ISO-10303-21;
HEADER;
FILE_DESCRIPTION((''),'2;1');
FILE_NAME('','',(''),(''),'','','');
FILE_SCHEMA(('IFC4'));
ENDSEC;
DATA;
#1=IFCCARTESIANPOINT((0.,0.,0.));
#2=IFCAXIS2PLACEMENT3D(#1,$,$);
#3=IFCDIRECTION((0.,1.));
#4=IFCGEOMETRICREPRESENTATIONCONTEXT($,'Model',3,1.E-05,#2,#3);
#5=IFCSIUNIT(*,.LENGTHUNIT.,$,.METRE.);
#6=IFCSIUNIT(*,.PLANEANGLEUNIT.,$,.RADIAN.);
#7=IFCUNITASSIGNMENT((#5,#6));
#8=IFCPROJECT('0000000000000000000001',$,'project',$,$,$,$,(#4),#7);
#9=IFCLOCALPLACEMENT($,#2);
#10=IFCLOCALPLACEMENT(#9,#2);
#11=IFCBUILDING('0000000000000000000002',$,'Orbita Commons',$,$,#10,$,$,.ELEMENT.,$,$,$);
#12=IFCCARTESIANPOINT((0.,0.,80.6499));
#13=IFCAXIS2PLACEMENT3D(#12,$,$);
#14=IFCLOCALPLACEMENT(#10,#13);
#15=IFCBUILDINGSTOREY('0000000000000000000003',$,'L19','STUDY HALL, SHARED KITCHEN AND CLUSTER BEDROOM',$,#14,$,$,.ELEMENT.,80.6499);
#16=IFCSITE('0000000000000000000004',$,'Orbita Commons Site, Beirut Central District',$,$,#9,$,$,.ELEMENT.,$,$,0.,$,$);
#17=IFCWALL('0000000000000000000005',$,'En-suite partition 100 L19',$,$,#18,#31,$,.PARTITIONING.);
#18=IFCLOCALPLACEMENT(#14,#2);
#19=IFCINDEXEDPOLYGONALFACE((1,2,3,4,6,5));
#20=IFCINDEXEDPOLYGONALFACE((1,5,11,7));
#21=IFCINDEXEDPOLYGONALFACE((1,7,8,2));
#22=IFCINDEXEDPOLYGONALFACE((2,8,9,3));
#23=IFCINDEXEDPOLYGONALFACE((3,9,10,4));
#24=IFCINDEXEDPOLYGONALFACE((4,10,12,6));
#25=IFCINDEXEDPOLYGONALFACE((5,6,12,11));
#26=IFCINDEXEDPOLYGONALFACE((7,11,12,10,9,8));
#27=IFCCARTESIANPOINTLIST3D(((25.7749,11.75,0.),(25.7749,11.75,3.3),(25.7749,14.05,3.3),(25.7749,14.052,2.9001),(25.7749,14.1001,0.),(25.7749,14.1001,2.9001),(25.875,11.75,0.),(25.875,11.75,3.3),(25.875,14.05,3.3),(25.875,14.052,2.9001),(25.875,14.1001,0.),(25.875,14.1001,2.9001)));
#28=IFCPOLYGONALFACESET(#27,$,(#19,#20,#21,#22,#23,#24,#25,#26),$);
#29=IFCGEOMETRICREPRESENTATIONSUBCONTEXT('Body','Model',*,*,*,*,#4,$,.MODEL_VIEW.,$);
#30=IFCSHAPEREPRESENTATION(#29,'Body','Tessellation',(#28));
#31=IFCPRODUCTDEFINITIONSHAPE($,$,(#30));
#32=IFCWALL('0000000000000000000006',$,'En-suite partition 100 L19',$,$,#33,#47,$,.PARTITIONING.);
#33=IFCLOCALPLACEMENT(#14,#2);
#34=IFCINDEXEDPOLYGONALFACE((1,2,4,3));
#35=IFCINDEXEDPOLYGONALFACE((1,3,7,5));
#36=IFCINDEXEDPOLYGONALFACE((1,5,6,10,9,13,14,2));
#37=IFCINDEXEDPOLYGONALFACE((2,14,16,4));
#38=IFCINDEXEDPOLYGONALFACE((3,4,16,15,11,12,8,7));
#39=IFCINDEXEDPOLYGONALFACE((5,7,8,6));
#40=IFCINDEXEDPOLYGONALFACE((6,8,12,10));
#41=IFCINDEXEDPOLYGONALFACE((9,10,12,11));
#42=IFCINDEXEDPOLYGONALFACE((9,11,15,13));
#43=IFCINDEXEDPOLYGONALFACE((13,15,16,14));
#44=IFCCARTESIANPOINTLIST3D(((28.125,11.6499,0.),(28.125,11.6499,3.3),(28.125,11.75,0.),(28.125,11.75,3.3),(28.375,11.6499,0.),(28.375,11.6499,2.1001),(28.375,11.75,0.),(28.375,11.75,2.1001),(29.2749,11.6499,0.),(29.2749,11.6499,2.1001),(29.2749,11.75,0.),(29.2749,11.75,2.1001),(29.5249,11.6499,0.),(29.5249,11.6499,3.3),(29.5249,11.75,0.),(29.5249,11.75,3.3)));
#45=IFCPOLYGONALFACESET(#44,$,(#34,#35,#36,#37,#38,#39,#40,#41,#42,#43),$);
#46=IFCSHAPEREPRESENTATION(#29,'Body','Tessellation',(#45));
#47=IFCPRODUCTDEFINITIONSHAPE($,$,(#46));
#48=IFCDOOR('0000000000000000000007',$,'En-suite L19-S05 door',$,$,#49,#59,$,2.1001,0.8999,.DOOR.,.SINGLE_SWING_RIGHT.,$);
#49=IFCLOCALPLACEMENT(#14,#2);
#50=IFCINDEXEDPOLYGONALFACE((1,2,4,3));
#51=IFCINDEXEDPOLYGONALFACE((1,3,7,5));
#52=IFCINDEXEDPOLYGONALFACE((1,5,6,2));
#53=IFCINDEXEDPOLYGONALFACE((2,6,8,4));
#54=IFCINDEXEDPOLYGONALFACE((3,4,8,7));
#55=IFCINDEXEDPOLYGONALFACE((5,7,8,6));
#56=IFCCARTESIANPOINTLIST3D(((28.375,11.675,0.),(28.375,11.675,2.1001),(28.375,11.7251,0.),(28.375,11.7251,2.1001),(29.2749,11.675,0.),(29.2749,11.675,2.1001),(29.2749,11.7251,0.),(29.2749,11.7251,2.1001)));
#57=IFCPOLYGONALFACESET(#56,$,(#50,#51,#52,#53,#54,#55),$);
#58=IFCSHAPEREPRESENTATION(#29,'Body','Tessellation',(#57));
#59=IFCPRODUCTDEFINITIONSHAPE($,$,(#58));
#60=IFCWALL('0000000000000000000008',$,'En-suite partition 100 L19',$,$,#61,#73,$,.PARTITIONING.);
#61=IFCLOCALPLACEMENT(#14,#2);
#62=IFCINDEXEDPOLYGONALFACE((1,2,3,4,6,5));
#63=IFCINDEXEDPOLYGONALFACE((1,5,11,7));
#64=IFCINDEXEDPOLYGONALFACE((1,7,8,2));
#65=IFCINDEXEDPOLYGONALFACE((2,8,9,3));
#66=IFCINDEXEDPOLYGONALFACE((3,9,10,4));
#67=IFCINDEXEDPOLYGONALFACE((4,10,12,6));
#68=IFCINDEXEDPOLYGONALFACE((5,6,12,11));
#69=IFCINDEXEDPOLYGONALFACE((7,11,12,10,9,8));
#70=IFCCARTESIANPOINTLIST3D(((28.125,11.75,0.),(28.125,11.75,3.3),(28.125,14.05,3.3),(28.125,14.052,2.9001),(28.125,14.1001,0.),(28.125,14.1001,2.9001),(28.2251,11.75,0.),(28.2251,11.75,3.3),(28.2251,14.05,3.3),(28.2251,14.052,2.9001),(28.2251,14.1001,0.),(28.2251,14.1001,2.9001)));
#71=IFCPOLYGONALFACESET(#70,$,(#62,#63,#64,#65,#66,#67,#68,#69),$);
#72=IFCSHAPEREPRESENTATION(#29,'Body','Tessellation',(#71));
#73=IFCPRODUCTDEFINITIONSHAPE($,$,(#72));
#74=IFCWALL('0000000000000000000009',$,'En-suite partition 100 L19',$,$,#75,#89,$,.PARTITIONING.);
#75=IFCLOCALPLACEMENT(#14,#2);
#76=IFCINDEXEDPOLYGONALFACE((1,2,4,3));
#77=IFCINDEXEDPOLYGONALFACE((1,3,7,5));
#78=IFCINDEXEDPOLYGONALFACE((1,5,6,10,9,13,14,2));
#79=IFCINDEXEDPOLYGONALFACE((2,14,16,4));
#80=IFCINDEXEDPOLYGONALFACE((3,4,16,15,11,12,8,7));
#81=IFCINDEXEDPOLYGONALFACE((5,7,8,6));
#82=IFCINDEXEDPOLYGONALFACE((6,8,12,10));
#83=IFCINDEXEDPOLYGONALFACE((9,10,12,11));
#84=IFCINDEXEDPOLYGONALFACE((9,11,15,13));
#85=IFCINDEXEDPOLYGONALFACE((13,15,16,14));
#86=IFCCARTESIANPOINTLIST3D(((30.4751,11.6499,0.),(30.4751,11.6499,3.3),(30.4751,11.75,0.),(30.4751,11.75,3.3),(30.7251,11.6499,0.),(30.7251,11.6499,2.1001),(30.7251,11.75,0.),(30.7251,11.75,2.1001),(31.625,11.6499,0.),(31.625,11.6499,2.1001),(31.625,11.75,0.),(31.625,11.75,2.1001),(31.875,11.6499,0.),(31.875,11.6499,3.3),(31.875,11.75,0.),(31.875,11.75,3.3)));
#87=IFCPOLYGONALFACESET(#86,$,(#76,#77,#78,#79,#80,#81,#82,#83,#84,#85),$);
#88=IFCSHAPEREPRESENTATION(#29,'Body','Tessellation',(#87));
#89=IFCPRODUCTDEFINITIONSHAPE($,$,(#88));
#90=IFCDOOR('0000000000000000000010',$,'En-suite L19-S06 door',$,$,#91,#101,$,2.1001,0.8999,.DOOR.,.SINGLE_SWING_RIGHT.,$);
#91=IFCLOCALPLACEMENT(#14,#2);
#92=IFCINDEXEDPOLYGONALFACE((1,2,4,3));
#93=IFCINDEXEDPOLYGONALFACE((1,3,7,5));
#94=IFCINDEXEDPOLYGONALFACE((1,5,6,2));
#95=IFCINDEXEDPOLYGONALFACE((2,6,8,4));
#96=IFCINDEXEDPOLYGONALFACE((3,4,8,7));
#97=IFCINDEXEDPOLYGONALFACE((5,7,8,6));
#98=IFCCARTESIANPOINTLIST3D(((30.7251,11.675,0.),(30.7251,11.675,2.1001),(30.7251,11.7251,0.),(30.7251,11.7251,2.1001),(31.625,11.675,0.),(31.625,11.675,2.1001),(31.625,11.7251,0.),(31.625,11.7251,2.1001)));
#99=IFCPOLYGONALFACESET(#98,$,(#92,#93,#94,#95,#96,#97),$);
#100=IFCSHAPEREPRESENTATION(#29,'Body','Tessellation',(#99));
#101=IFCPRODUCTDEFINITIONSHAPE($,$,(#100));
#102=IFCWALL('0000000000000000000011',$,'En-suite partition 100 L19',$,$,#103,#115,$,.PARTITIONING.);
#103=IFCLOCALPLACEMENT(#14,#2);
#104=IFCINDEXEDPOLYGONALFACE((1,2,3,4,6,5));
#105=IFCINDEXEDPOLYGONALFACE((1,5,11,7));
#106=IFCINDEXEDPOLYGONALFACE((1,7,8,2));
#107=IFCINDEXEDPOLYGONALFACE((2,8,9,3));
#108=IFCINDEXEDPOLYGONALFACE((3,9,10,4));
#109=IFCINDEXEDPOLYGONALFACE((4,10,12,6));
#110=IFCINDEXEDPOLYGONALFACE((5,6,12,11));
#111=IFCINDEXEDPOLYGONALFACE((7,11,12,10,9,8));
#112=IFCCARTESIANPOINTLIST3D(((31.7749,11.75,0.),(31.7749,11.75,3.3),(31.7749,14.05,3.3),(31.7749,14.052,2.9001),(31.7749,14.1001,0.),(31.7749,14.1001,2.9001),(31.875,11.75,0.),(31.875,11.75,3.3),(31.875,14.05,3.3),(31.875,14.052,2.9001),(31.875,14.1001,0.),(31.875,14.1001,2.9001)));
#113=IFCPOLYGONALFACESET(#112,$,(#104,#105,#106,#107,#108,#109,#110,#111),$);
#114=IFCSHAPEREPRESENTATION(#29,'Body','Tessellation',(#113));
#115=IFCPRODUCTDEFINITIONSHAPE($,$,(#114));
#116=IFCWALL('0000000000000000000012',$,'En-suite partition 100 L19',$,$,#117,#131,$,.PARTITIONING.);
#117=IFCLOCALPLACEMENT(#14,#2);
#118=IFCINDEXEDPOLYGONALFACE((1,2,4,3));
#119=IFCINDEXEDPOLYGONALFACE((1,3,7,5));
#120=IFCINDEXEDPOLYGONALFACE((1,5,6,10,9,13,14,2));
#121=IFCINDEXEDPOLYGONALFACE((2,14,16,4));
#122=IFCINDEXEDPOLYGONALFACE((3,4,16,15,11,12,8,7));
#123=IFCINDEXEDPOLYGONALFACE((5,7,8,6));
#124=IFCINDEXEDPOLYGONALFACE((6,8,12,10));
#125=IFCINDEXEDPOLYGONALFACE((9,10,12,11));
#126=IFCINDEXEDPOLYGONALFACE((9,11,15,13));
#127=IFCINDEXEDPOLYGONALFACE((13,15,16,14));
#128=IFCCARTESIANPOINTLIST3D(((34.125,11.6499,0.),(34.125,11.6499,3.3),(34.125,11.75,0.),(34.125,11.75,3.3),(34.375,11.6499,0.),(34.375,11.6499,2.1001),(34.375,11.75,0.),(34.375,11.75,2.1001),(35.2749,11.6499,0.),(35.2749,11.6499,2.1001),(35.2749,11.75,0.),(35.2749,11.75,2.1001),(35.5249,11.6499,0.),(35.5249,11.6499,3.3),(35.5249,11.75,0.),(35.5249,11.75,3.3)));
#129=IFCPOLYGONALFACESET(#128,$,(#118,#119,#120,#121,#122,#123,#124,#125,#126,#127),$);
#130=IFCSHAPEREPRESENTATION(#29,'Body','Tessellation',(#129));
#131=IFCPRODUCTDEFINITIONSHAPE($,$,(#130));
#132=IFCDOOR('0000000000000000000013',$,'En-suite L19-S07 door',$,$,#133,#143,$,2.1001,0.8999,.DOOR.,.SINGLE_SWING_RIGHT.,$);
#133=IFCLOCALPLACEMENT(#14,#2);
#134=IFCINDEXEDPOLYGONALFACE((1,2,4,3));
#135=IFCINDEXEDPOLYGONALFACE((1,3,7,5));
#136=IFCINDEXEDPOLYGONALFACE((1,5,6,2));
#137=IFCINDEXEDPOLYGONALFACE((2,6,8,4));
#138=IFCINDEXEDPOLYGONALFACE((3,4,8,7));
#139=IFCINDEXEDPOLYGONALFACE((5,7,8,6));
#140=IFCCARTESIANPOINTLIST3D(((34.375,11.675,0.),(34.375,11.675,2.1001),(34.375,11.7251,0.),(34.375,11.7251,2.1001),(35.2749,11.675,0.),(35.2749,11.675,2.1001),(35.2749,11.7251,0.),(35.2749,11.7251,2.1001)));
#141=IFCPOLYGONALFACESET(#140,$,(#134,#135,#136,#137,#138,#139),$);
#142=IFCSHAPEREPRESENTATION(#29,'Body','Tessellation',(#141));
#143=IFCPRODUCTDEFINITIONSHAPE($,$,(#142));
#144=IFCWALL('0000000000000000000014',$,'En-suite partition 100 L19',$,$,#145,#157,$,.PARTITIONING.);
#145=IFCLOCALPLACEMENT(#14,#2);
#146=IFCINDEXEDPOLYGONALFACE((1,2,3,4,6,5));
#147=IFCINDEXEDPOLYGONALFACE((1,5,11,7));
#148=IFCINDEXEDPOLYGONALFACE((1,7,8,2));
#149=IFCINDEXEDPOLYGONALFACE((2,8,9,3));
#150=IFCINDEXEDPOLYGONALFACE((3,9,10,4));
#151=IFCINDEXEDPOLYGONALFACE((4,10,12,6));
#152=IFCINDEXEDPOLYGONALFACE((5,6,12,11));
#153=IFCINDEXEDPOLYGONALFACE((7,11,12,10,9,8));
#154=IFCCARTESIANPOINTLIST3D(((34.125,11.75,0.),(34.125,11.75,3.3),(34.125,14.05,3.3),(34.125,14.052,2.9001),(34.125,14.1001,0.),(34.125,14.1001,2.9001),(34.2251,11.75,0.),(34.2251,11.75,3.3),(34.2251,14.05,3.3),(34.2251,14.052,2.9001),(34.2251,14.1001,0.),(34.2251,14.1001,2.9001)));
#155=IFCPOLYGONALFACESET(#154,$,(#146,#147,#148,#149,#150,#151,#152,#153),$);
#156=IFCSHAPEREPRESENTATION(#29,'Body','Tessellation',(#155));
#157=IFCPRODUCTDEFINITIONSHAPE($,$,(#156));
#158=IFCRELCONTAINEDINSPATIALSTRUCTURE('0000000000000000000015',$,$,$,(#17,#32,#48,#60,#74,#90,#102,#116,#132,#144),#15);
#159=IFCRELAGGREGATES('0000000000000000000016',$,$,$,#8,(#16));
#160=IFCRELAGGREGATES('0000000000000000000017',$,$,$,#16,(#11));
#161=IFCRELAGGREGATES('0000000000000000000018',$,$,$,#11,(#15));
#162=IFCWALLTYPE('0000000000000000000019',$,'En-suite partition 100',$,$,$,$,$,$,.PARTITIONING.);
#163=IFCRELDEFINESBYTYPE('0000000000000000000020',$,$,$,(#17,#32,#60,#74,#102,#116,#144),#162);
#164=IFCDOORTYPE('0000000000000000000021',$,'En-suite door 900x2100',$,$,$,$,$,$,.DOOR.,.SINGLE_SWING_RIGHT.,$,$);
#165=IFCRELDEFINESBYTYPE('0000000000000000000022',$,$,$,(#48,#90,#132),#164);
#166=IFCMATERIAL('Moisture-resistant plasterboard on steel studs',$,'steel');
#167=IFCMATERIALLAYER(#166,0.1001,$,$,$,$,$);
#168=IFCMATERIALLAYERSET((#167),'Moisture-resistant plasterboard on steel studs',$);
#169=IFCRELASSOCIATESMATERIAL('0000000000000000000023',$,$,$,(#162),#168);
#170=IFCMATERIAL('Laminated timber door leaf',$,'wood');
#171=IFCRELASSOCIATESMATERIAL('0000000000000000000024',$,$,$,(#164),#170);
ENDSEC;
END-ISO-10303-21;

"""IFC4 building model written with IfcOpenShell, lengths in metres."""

from ifc_helpers import new_model, si_unit, direction, frame, frame_2d, origin, place, context, subcontext, project, spatial, polyline, rectangle, outline, extrude, material, layer, layer_set, type_object, element, fill, save


model = new_model("IFC4")

# Units and contexts
model_context = context("Model", 3, precision=1e-05, world=origin(), true_north=direction((0.0, 1.0)))
body_context = subcontext(model_context, "Body", "Model", "MODEL_VIEW")
ifc_project = project(units=[si_unit("LENGTHUNIT", "METRE"), si_unit("PLANEANGLEUNIT", "RADIAN")], contexts=[model_context])

# Site, building, storey
site_placement = place(None, origin())
site = spatial("IfcSite", under=ifc_project, at=site_placement, Name="Orbita Commons Site, Beirut Central District", CompositionType="ELEMENT", RefElevation=0.0)
building_placement = place(site_placement, origin())
building = spatial("IfcBuilding", under=site, at=building_placement, Name="Orbita Commons", CompositionType="ELEMENT")
storey_placement = place(building_placement, frame((0.0, 0.0, 80.6499)))
storey = spatial("IfcBuildingStorey", under=building, at=storey_placement, Name="L19", Description="STUDY HALL, SHARED KITCHEN AND CLUSTER BEDROOM", CompositionType="ELEMENT", Elevation=80.6499)

# Shared definitions
ifc_material_1 = material(Name="Moisture-resistant plasterboard on steel studs", Category="steel")
ifc_layer = layer(ifc_material_1, 0.1001)
ifc_layer_set = layer_set([ifc_layer], Name="Moisture-resistant plasterboard on steel studs")
wall_type = type_object("IfcWallType", Name="En-suite partition 100", PredefinedType="PARTITIONING", material=ifc_layer_set)
ifc_material_2 = material(Name="Laminated timber door leaf", Category="wood")
door_type = type_object("IfcDoorType", Name="En-suite door 900x2100", OperationType="SINGLE_SWING_RIGHT", PredefinedType="DOOR", material=ifc_material_2)

# Wall
wall_1_placement = place(storey_placement, frame((25.825, 11.75, 0.0), z_axis=(0.0, 0.0, 1.0), x_axis=(0.0, 1.0, 0.0)))
element("IfcWall", 1, at=wall_1_placement, inside=storey, type_object=wall_type, Name="En-suite partition 100 L19", PredefinedType="PARTITIONING", context=body_context, shape_type="SweptSolid", body=[
    extrude(outline(polyline([(0.0, 0.0), (2.3501, 0.0), (2.3501, 2.9001), (2.302, 2.9001), (2.3, 3.3), (0.0, 3.3), (0.0, 0.0)])), frame((0.0, 0.05, 0.0), z_axis=(0.0, -1.0, 0.0), x_axis=(1.0, 0.0, 0.0)), (0.0, 0.0, 1.0), 0.1001),
])

# Wall, opening, door
wall_2_placement = place(storey_placement, frame((29.5249, 11.7, 0.0), z_axis=(0.0, 0.0, 1.0), x_axis=(-1.0, 0.0, 0.0)))
wall_2 = element("IfcWall", 2, at=wall_2_placement, inside=storey, type_object=wall_type, Name="En-suite partition 100 L19", PredefinedType="PARTITIONING", context=body_context, shape_type="SweptSolid", body=[
    extrude(rectangle(XDim=1.3999, YDim=0.1001, at=frame_2d((0.7, 0.0))), origin(), (0.0, 0.0, 1.0), 3.3),
])
opening_1_placement = place(wall_2_placement, frame((0.25, 0.0, 0.0)))
opening_1 = element("IfcOpeningElement", 3, at=opening_1_placement, cuts=wall_2, PredefinedType="OPENING", context=body_context, shape_type="SweptSolid", body=[
    extrude(rectangle(XDim=0.8999, YDim=2.1001, at=frame_2d((0.45, 1.05))), frame((0.0, 0.0601, 0.0), z_axis=(0.0, -1.0, 0.0), x_axis=(1.0, 0.0, 0.0)), (0.0, 0.0, 1.0), 0.1201),
])
door_1_placement = place(opening_1_placement, origin())
door_1 = element("IfcDoor", 4, at=door_1_placement, inside=storey, type_object=door_type, Name="En-suite L19-S05 door", OperationType="SINGLE_SWING_RIGHT", OverallHeight=2.1001, OverallWidth=0.8999, PredefinedType="DOOR", context=body_context, shape_type="SweptSolid", body=[
    extrude(rectangle(XDim=0.8999, YDim=2.1001, at=frame_2d((0.45, 1.05))), frame((0.0, 0.0249, 0.0), z_axis=(0.0, -1.0, 0.0), x_axis=(1.0, 0.0, 0.0)), (0.0, 0.0, 1.0), 0.05),
])
fill(opening_1, door_1)

# Wall
wall_3_placement = place(storey_placement, frame((28.175, 11.75, 0.0), z_axis=(0.0, 0.0, 1.0), x_axis=(0.0, 1.0, 0.0)))
element("IfcWall", 5, at=wall_3_placement, inside=storey, type_object=wall_type, Name="En-suite partition 100 L19", PredefinedType="PARTITIONING", context=body_context, shape_type="SweptSolid", body=[
    extrude(outline(polyline([(0.0, 0.0), (2.3501, 0.0), (2.3501, 2.9001), (2.302, 2.9001), (2.3, 3.3), (0.0, 3.3), (0.0, 0.0)])), frame((0.0, 0.05, 0.0), z_axis=(0.0, -1.0, 0.0), x_axis=(1.0, 0.0, 0.0)), (0.0, 0.0, 1.0), 0.1001),
])

# Wall, opening, door
wall_4_placement = place(storey_placement, frame((31.875, 11.7, 0.0), z_axis=(0.0, 0.0, 1.0), x_axis=(-1.0, 0.0, 0.0)))
wall_4 = element("IfcWall", 6, at=wall_4_placement, inside=storey, type_object=wall_type, Name="En-suite partition 100 L19", PredefinedType="PARTITIONING", context=body_context, shape_type="SweptSolid", body=[
    extrude(rectangle(XDim=1.3999, YDim=0.1001, at=frame_2d((0.7, 0.0))), origin(), (0.0, 0.0, 1.0), 3.3),
])
opening_2_placement = place(wall_4_placement, frame((0.25, 0.0, 0.0)))
opening_2 = element("IfcOpeningElement", 7, at=opening_2_placement, cuts=wall_4, PredefinedType="OPENING", context=body_context, shape_type="SweptSolid", body=[
    extrude(rectangle(XDim=0.8999, YDim=2.1001, at=frame_2d((0.45, 1.05))), frame((0.0, 0.0601, 0.0), z_axis=(0.0, -1.0, 0.0), x_axis=(1.0, 0.0, 0.0)), (0.0, 0.0, 1.0), 0.1201),
])
door_2_placement = place(opening_2_placement, origin())
door_2 = element("IfcDoor", 8, at=door_2_placement, inside=storey, type_object=door_type, Name="En-suite L19-S06 door", OperationType="SINGLE_SWING_RIGHT", OverallHeight=2.1001, OverallWidth=0.8999, PredefinedType="DOOR", context=body_context, shape_type="SweptSolid", body=[
    extrude(rectangle(XDim=0.8999, YDim=2.1001, at=frame_2d((0.45, 1.05))), frame((0.0, 0.0249, 0.0), z_axis=(0.0, -1.0, 0.0), x_axis=(1.0, 0.0, 0.0)), (0.0, 0.0, 1.0), 0.05),
])
fill(opening_2, door_2)

# Wall
wall_5_placement = place(storey_placement, frame((31.825, 11.75, 0.0), z_axis=(0.0, 0.0, 1.0), x_axis=(0.0, 1.0, 0.0)))
element("IfcWall", 9, at=wall_5_placement, inside=storey, type_object=wall_type, Name="En-suite partition 100 L19", PredefinedType="PARTITIONING", context=body_context, shape_type="SweptSolid", body=[
    extrude(outline(polyline([(0.0, 0.0), (2.3501, 0.0), (2.3501, 2.9001), (2.302, 2.9001), (2.3, 3.3), (0.0, 3.3), (0.0, 0.0)])), frame((0.0, 0.05, 0.0), z_axis=(0.0, -1.0, 0.0), x_axis=(1.0, 0.0, 0.0)), (0.0, 0.0, 1.0), 0.1001),
])

# Wall, opening, door
wall_6_placement = place(storey_placement, frame((35.5249, 11.7, 0.0), z_axis=(0.0, 0.0, 1.0), x_axis=(-1.0, 0.0, 0.0)))
wall_6 = element("IfcWall", 10, at=wall_6_placement, inside=storey, type_object=wall_type, Name="En-suite partition 100 L19", PredefinedType="PARTITIONING", context=body_context, shape_type="SweptSolid", body=[
    extrude(rectangle(XDim=1.3999, YDim=0.1001, at=frame_2d((0.7, 0.0))), origin(), (0.0, 0.0, 1.0), 3.3),
])
opening_3_placement = place(wall_6_placement, frame((0.25, 0.0, 0.0)))
opening_3 = element("IfcOpeningElement", 11, at=opening_3_placement, cuts=wall_6, PredefinedType="OPENING", context=body_context, shape_type="SweptSolid", body=[
    extrude(rectangle(XDim=0.8999, YDim=2.1001, at=frame_2d((0.45, 1.05))), frame((0.0, 0.0601, 0.0), z_axis=(0.0, -1.0, 0.0), x_axis=(1.0, 0.0, 0.0)), (0.0, 0.0, 1.0), 0.1201),
])
door_3_placement = place(opening_3_placement, origin())
door_3 = element("IfcDoor", 12, at=door_3_placement, inside=storey, type_object=door_type, Name="En-suite L19-S07 door", OperationType="SINGLE_SWING_RIGHT", OverallHeight=2.1001, OverallWidth=0.8999, PredefinedType="DOOR", context=body_context, shape_type="SweptSolid", body=[
    extrude(rectangle(XDim=0.8999, YDim=2.1001, at=frame_2d((0.45, 1.05))), frame((0.0, 0.0249, 0.0), z_axis=(0.0, -1.0, 0.0), x_axis=(1.0, 0.0, 0.0)), (0.0, 0.0, 1.0), 0.05),
])
fill(opening_3, door_3)

# Wall
wall_7_placement = place(storey_placement, frame((34.175, 11.75, 0.0), z_axis=(0.0, 0.0, 1.0), x_axis=(0.0, 1.0, 0.0)))
element("IfcWall", 13, at=wall_7_placement, inside=storey, type_object=wall_type, Name="En-suite partition 100 L19", PredefinedType="PARTITIONING", context=body_context, shape_type="SweptSolid", body=[
    extrude(outline(polyline([(0.0, 0.0), (2.3501, 0.0), (2.3501, 2.9001), (2.302, 2.9001), (2.3, 3.3), (0.0, 3.3), (0.0, 0.0)])), frame((0.0, 0.05, 0.0), z_axis=(0.0, -1.0, 0.0), x_axis=(1.0, 0.0, 0.0)), (0.0, 0.0, 1.0), 0.1001),
])

save(model, "model.ifc")
